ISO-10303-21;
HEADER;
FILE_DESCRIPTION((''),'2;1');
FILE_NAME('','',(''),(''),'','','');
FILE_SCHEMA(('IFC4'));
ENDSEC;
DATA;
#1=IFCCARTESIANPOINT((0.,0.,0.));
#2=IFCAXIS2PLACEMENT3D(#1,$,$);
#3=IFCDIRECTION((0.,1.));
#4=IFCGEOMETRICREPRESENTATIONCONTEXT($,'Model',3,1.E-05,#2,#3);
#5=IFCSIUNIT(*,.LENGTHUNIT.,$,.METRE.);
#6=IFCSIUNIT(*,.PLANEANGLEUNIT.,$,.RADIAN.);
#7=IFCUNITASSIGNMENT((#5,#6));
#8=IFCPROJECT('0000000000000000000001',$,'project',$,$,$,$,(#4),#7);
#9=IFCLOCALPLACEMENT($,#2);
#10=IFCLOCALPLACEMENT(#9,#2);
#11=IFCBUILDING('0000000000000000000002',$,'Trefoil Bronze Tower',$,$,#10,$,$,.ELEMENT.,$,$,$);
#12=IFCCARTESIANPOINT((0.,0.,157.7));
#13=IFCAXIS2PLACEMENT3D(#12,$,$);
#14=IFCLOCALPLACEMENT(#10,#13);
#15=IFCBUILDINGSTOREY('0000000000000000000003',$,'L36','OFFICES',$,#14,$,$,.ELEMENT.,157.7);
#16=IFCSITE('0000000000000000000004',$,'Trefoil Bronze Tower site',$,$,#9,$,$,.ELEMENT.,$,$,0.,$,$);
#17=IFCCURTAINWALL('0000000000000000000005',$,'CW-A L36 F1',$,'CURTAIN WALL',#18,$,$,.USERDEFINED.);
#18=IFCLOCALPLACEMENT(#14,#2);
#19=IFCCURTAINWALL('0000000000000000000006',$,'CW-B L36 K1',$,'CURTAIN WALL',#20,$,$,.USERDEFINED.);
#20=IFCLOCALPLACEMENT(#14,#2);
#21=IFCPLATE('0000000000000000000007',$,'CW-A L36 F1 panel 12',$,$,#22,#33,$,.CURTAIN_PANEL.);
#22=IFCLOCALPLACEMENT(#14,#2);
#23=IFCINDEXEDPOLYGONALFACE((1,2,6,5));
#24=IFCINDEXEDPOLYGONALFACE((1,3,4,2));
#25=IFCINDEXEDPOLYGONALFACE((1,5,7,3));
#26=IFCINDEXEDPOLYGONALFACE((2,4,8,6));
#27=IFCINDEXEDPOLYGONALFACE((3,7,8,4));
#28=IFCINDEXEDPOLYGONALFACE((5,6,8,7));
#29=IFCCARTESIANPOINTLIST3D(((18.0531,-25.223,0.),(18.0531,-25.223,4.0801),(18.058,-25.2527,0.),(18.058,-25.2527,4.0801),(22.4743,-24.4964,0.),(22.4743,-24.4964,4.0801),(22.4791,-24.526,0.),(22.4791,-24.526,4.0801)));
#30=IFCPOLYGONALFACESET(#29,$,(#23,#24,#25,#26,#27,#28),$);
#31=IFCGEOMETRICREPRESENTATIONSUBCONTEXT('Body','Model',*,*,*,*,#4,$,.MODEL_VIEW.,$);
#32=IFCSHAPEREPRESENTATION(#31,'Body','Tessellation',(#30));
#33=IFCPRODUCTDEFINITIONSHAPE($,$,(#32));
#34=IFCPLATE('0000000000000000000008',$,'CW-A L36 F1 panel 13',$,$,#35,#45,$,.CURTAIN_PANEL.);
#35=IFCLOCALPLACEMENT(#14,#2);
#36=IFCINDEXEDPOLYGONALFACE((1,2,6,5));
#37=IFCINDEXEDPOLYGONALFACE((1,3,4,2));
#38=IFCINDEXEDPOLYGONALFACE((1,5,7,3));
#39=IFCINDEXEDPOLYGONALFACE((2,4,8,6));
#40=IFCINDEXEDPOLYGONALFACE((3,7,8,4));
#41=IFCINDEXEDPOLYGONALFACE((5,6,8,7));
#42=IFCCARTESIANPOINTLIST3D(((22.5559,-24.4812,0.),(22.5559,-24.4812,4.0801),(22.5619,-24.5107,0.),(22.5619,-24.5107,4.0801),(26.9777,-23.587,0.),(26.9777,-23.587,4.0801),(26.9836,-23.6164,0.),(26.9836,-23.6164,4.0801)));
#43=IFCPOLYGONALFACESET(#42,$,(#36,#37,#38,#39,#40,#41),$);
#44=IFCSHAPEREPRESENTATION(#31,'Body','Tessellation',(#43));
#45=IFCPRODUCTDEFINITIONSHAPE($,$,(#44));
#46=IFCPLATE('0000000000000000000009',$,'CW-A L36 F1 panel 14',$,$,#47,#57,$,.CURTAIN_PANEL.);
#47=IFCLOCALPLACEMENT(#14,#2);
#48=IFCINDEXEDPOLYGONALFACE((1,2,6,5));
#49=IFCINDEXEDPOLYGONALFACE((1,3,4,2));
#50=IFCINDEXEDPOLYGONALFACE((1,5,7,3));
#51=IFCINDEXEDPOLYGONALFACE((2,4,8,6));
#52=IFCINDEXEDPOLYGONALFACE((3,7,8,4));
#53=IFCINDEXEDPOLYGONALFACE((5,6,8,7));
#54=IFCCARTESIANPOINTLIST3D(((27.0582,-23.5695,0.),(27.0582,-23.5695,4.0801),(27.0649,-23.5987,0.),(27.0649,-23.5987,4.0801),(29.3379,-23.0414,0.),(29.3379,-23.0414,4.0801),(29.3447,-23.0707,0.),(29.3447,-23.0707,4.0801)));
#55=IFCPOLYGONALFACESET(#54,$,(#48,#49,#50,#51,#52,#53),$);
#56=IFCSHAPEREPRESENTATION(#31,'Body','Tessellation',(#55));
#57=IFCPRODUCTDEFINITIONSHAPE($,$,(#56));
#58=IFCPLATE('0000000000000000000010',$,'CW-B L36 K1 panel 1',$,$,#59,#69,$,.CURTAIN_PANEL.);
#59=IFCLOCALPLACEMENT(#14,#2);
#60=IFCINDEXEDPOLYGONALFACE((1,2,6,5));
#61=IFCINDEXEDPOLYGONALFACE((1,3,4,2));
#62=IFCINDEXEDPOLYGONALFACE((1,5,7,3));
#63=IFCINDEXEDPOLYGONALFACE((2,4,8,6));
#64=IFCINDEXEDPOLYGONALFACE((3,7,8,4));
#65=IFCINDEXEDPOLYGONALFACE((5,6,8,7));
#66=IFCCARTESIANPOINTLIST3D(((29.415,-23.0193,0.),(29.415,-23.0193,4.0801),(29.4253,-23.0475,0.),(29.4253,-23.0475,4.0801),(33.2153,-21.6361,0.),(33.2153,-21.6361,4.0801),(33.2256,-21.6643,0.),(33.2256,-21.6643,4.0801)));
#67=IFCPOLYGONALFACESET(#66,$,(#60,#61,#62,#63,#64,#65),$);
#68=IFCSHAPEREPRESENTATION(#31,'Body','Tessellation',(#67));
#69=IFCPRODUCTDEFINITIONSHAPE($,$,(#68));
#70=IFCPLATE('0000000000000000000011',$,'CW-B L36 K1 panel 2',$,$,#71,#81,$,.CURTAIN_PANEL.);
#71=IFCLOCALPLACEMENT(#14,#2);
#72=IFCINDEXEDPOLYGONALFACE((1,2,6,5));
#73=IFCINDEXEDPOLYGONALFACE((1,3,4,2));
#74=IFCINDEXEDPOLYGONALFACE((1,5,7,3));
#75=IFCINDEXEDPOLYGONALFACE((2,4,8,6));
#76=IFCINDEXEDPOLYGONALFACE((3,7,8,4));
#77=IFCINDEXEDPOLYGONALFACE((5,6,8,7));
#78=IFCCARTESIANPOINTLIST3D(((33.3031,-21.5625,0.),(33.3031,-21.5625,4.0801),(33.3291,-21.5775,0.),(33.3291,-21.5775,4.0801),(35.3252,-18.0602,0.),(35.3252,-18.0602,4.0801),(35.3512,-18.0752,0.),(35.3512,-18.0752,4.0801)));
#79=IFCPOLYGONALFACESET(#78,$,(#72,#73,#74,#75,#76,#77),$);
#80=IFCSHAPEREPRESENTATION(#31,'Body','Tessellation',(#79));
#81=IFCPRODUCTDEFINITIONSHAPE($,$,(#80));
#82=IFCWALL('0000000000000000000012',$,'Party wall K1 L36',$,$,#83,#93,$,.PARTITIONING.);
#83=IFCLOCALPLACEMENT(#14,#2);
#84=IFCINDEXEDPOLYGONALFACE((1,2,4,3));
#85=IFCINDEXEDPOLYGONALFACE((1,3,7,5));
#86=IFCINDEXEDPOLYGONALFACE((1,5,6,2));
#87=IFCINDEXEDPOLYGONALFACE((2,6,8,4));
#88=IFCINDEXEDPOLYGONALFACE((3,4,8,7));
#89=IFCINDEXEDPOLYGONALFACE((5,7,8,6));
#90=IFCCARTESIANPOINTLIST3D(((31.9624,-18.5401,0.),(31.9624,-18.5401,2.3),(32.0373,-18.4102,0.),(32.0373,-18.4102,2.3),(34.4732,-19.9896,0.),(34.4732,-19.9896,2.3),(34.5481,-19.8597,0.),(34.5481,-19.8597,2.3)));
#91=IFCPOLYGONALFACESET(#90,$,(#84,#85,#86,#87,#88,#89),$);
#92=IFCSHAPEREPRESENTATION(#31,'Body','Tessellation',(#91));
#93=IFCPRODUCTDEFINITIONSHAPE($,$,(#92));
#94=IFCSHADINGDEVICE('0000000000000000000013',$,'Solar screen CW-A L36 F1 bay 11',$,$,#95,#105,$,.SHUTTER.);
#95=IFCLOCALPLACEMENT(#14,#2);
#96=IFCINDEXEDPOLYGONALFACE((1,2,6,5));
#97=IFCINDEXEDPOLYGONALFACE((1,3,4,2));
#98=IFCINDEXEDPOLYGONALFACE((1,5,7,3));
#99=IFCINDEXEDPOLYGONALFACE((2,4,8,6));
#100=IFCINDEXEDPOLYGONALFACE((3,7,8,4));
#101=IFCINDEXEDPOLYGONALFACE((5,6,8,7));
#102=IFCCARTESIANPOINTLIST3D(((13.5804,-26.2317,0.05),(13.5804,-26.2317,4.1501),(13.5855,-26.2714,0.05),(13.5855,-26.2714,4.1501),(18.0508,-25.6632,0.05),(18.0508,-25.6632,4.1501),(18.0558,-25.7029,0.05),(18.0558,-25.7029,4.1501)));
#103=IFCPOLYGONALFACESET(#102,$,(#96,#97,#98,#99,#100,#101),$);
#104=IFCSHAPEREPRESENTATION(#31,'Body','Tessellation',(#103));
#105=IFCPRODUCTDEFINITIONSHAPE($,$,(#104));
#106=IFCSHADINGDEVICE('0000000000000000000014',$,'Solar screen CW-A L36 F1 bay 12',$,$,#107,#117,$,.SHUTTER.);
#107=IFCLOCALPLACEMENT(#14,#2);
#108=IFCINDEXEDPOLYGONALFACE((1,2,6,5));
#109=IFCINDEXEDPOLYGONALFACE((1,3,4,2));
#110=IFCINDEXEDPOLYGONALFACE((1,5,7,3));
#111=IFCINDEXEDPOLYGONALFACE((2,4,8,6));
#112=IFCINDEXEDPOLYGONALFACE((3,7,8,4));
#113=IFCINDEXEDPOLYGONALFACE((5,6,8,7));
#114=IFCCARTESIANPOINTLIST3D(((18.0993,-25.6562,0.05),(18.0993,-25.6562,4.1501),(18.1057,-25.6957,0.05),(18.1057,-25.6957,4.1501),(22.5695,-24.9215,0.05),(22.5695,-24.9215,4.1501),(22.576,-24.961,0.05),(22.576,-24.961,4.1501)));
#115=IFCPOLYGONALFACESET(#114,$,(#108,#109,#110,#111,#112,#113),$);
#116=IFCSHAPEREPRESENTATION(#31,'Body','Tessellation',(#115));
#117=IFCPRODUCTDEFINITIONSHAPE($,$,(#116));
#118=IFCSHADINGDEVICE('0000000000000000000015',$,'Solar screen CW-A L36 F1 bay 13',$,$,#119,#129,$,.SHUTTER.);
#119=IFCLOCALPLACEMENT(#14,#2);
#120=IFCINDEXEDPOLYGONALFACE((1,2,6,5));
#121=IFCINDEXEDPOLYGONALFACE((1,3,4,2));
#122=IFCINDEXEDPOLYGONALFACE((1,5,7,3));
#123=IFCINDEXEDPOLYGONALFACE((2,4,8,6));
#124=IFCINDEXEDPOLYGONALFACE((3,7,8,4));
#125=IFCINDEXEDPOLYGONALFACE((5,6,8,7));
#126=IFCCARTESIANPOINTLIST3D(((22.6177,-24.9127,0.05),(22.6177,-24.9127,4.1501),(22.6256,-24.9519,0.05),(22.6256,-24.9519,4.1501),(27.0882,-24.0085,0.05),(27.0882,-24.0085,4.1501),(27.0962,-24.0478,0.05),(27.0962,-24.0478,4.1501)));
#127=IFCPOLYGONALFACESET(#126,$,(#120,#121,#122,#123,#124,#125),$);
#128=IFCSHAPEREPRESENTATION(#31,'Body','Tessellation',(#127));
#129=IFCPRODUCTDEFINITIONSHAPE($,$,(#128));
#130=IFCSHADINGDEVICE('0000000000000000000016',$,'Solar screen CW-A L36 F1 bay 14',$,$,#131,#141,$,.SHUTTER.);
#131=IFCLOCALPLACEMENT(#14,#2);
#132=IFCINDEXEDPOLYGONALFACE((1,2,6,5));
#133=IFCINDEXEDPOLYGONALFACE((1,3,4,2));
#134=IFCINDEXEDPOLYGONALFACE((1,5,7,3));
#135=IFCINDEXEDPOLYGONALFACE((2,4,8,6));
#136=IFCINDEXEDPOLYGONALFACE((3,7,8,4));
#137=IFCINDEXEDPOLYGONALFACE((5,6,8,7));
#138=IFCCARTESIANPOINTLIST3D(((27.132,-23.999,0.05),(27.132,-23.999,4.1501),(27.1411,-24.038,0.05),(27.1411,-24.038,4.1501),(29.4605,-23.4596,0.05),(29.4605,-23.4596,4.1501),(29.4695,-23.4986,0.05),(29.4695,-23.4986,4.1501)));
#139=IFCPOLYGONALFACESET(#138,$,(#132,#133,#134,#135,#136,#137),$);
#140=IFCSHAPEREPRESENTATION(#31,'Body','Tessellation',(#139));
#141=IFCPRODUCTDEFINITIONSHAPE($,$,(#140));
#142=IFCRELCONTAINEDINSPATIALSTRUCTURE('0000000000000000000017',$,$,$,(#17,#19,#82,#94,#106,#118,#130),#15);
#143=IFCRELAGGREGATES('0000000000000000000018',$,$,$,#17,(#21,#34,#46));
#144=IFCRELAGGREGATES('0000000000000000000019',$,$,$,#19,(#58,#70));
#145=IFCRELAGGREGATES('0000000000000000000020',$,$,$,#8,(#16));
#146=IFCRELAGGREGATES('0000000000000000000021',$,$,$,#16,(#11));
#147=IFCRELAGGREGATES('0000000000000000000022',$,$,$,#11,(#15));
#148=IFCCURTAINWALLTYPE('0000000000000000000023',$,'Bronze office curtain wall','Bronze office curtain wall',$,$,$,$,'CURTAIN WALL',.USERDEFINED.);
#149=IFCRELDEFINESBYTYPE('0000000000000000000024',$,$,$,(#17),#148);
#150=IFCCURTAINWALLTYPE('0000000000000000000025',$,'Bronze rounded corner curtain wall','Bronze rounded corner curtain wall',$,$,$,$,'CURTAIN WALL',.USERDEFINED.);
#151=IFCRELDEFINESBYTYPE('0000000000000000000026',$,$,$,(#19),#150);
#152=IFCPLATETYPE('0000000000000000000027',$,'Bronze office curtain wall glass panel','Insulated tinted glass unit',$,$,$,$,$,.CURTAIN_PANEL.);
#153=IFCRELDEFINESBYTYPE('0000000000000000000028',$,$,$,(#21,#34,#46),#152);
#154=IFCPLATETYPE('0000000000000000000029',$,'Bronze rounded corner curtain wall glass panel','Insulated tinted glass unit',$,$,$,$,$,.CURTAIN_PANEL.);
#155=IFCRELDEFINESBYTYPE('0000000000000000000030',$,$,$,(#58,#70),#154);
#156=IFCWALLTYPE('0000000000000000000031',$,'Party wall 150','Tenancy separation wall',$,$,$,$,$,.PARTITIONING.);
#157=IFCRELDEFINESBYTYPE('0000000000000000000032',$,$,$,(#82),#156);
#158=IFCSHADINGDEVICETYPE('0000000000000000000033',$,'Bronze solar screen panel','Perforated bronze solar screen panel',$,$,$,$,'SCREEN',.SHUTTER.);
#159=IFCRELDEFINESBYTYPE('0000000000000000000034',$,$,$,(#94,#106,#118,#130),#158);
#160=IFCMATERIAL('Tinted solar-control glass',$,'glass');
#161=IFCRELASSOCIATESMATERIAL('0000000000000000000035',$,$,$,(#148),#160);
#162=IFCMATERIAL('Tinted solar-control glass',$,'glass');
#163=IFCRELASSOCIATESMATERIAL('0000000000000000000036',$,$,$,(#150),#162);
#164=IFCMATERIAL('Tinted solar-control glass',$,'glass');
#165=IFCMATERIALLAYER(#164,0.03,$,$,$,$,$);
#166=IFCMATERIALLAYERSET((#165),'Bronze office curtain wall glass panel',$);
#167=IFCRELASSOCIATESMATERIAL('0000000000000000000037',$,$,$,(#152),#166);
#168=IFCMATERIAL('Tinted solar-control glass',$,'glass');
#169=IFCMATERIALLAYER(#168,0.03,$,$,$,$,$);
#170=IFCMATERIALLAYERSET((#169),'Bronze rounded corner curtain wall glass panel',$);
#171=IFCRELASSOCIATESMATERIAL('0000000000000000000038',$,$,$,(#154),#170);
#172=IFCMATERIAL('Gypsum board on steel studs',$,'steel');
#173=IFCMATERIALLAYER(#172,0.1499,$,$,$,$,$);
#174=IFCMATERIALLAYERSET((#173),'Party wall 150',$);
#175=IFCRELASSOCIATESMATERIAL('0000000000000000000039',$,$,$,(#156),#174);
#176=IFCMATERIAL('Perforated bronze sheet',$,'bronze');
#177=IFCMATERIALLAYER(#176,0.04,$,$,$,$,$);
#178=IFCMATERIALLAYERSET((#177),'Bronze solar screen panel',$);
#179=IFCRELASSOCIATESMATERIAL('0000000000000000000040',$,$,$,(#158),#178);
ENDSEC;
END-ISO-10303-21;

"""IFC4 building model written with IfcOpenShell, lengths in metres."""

from ifc_helpers import new_model, si_unit, direction, frame, frame_2d, origin, origin_2d, place, context, subcontext, project, spatial, rectangle, extrude, material, layer, layer_set, type_object, element, aggregate, save


model = new_model("IFC4")

# Units and contexts
model_context = context("Model", 3, precision=1e-05, world=origin(), true_north=direction((0.0, 1.0)))
body_context = subcontext(model_context, "Body", "Model", "MODEL_VIEW")
ifc_project = project(units=[si_unit("LENGTHUNIT", "METRE"), si_unit("PLANEANGLEUNIT", "RADIAN")], contexts=[model_context])

# Site, building, storey
site_placement = place(None, origin())
site = spatial("IfcSite", under=ifc_project, at=site_placement, Name="Trefoil Bronze Tower site", CompositionType="ELEMENT", RefElevation=0.0)
building_placement = place(site_placement, origin())
building = spatial("IfcBuilding", under=site, at=building_placement, Name="Trefoil Bronze Tower", CompositionType="ELEMENT")
storey_placement = place(building_placement, frame((0.0, 0.0, 157.7)))
storey = spatial("IfcBuildingStorey", under=building, at=storey_placement, Name="L36", Description="OFFICES", CompositionType="ELEMENT", Elevation=157.7)

# Curtain walls
ifc_material_1 = material(Name="Tinted solar-control glass", Category="glass")
curtain_wall_type_1 = type_object("IfcCurtainWallType", Name="Bronze office curtain wall", Description="Bronze office curtain wall", ElementType="CURTAIN WALL", PredefinedType="USERDEFINED", material=ifc_material_1)
curtain_wall_1_placement = place(storey_placement, origin())
curtain_wall_1 = element("IfcCurtainWall", 1, at=curtain_wall_1_placement, inside=storey, type_object=curtain_wall_type_1, Name="CW-A L36 F1", ObjectType="CURTAIN WALL", PredefinedType="USERDEFINED")
ifc_material_2 = material(Name="Tinted solar-control glass", Category="glass")
curtain_wall_type_2 = type_object("IfcCurtainWallType", Name="Bronze rounded corner curtain wall", Description="Bronze rounded corner curtain wall", ElementType="CURTAIN WALL", PredefinedType="USERDEFINED", material=ifc_material_2)
curtain_wall_2_placement = place(storey_placement, origin())
curtain_wall_2 = element("IfcCurtainWall", 2, at=curtain_wall_2_placement, inside=storey, type_object=curtain_wall_type_2, Name="CW-B L36 K1", ObjectType="CURTAIN WALL", PredefinedType="USERDEFINED")

# Plates
ifc_material_3 = material(Name="Tinted solar-control glass", Category="glass")
ifc_layer_1 = layer(ifc_material_3, 0.03)
ifc_layer_set_1 = layer_set([ifc_layer_1], Name="Bronze office curtain wall glass panel")
plate_type_1 = type_object("IfcPlateType", Name="Bronze office curtain wall glass panel", Description="Insulated tinted glass unit", PredefinedType="CURTAIN_PANEL", material=ifc_layer_set_1)
plate_1_placement = place(storey_placement, frame((20.2661, -24.8745, 0.0), z_axis=(0.0, 0.0, 1.0), x_axis=(0.98676, 0.162189, 0.0)))
plate_1 = element("IfcPlate", 3, at=plate_1_placement, type_object=plate_type_1, Name="CW-A L36 F1 panel 12", PredefinedType="CURTAIN_PANEL", context=body_context, shape_type="SweptSolid", body=[
    extrude(rectangle(XDim=4.4805, YDim=0.03, at=origin_2d()), origin(), (0.0, 0.0, 1.0), 4.0801),
])
plate_2_placement = place(storey_placement, frame((24.7698, -24.0488, 0.0), z_axis=(0.0, 0.0, 1.0), x_axis=(0.980155, 0.198232, 0.0)))
plate_2 = element("IfcPlate", 4, at=plate_2_placement, type_object=plate_type_1, Name="CW-A L36 F1 panel 13", PredefinedType="CURTAIN_PANEL", context=body_context, shape_type="SweptSolid", body=[
    extrude(rectangle(XDim=4.5112, YDim=0.03, at=origin_2d()), origin(), (0.0, 0.0, 1.0), 4.0801),
])
plate_3_placement = place(storey_placement, frame((28.2014, -23.3201, 0.0), z_axis=(0.0, 0.0, 1.0), x_axis=(0.974204, 0.225667, 0.0)))
plate_3 = element("IfcPlate", 5, at=plate_3_placement, type_object=plate_type_1, Name="CW-A L36 F1 panel 14", PredefinedType="CURTAIN_PANEL", context=body_context, shape_type="SweptSolid", body=[
    extrude(rectangle(XDim=2.3401, YDim=0.03, at=origin_2d()), origin(), (0.0, 0.0, 1.0), 4.0801),
])
aggregate(curtain_wall_1, [plate_1, plate_2, plate_3])
ifc_material_4 = material(Name="Tinted solar-control glass", Category="glass")
ifc_layer_2 = layer(ifc_material_4, 0.03)
ifc_layer_set_2 = layer_set([ifc_layer_2], Name="Bronze rounded corner curtain wall glass panel")
plate_type_2 = type_object("IfcPlateType", Name="Bronze rounded corner curtain wall glass panel", Description="Insulated tinted glass unit", PredefinedType="CURTAIN_PANEL", material=ifc_layer_set_2)
plate_4_placement = place(storey_placement, frame((31.3203, -22.3418, 0.0), z_axis=(0.0, 0.0, 1.0), x_axis=(0.939693, 0.34202, 0.0)))
plate_4 = element("IfcPlate", 6, at=plate_4_placement, type_object=plate_type_2, Name="CW-B L36 K1 panel 1", PredefinedType="CURTAIN_PANEL", context=body_context, shape_type="SweptSolid", body=[
    extrude(rectangle(XDim=4.0442, YDim=0.03, at=origin_2d()), origin(), (0.0, 0.0, 1.0), 4.0801),
])
plate_5_placement = place(storey_placement, frame((34.3271, -19.8188, 0.0), z_axis=(0.0, 0.0, 1.0), x_axis=(0.5, 0.866025, 0.0)))
plate_5 = element("IfcPlate", 7, at=plate_5_placement, type_object=plate_type_2, Name="CW-B L36 K1 panel 2", PredefinedType="CURTAIN_PANEL", context=body_context, shape_type="SweptSolid", body=[
    extrude(rectangle(XDim=4.0442, YDim=0.03, at=origin_2d()), origin(), (0.0, 0.0, 1.0), 4.0801),
])
aggregate(curtain_wall_2, [plate_4, plate_5])

# Wall
ifc_material_5 = material(Name="Gypsum board on steel studs", Category="steel")
ifc_layer_3 = layer(ifc_material_5, 0.1499)
ifc_layer_set_3 = layer_set([ifc_layer_3], Name="Party wall 150")
wall_type = type_object("IfcWallType", Name="Party wall 150", Description="Tenancy separation wall", PredefinedType="PARTITIONING", material=ifc_layer_set_3)
wall_placement = place(storey_placement, frame((31.9998, -18.4751, 0.0), z_axis=(0.0, 0.0, 1.0), x_axis=(0.866043, -0.49997, 0.0)))
element("IfcWall", 8, at=wall_placement, inside=storey, type_object=wall_type, Name="Party wall K1 L36", PredefinedType="PARTITIONING", context=body_context, shape_type="SweptSolid", body=[
    extrude(rectangle(XDim=2.8992, YDim=0.1499, at=frame_2d((1.4497, 0.0))), origin(), (0.0, 0.0, 1.0), 2.3),
])

# Shading devices
ifc_material_6 = material(Name="Perforated bronze sheet", Category="bronze")
ifc_layer_4 = layer(ifc_material_6, 0.04)
ifc_layer_set_4 = layer_set([ifc_layer_4], Name="Bronze solar screen panel")
shading_device_type = type_object("IfcShadingDeviceType", Name="Bronze solar screen panel", Description="Perforated bronze solar screen panel", ElementType="SCREEN", PredefinedType="SHUTTER", material=ifc_layer_set_4)
shading_device_1_placement = place(storey_placement, frame((15.8181, -25.9673, 0.05), z_axis=(0.0, 0.0, 1.0), x_axis=(0.992012, 0.126147, 0.0)))
element("IfcShadingDevice", 9, at=shading_device_1_placement, inside=storey, type_object=shading_device_type, Name="Solar screen CW-A L36 F1 bay 11", PredefinedType="SHUTTER", context=body_context, shape_type="SweptSolid", body=[
    extrude(rectangle(XDim=4.5063, YDim=0.04, at=origin_2d()), origin(), (0.0, 0.0, 1.0), 4.1001),
])
shading_device_2_placement = place(storey_placement, frame((20.3376, -25.3086, 0.05), z_axis=(0.0, 0.0, 1.0), x_axis=(0.98676, 0.162189, 0.0)))
element("IfcShadingDevice", 10, at=shading_device_2_placement, inside=storey, type_object=shading_device_type, Name="Solar screen CW-A L36 F1 bay 12", PredefinedType="SHUTTER", context=body_context, shape_type="SweptSolid", body=[
    extrude(rectangle(XDim=4.5303, YDim=0.04, at=origin_2d()), origin(), (0.0, 0.0, 1.0), 4.1001),
])
shading_device_3_placement = place(storey_placement, frame((24.8569, -24.4802, 0.05), z_axis=(0.0, 0.0, 1.0), x_axis=(0.980155, 0.198232, 0.0)))
element("IfcShadingDevice", 11, at=shading_device_3_placement, inside=storey, type_object=shading_device_type, Name="Solar screen CW-A L36 F1 bay 13", PredefinedType="SHUTTER", context=body_context, shape_type="SweptSolid", body=[
    extrude(rectangle(XDim=4.561, YDim=0.04, at=origin_2d()), origin(), (0.0, 0.0, 1.0), 4.1001),
])
shading_device_4_placement = place(storey_placement, frame((28.3008, -23.7488, 0.05), z_axis=(0.0, 0.0, 1.0), x_axis=(0.974204, 0.225667, 0.0)))
element("IfcShadingDevice", 12, at=shading_device_4_placement, inside=storey, type_object=shading_device_type, Name="Solar screen CW-A L36 F1 bay 14", PredefinedType="SHUTTER", context=body_context, shape_type="SweptSolid", body=[
    extrude(rectangle(XDim=2.3901, YDim=0.04, at=origin_2d()), origin(), (0.0, 0.0, 1.0), 4.1001),
])

save(model, "model.ifc")
